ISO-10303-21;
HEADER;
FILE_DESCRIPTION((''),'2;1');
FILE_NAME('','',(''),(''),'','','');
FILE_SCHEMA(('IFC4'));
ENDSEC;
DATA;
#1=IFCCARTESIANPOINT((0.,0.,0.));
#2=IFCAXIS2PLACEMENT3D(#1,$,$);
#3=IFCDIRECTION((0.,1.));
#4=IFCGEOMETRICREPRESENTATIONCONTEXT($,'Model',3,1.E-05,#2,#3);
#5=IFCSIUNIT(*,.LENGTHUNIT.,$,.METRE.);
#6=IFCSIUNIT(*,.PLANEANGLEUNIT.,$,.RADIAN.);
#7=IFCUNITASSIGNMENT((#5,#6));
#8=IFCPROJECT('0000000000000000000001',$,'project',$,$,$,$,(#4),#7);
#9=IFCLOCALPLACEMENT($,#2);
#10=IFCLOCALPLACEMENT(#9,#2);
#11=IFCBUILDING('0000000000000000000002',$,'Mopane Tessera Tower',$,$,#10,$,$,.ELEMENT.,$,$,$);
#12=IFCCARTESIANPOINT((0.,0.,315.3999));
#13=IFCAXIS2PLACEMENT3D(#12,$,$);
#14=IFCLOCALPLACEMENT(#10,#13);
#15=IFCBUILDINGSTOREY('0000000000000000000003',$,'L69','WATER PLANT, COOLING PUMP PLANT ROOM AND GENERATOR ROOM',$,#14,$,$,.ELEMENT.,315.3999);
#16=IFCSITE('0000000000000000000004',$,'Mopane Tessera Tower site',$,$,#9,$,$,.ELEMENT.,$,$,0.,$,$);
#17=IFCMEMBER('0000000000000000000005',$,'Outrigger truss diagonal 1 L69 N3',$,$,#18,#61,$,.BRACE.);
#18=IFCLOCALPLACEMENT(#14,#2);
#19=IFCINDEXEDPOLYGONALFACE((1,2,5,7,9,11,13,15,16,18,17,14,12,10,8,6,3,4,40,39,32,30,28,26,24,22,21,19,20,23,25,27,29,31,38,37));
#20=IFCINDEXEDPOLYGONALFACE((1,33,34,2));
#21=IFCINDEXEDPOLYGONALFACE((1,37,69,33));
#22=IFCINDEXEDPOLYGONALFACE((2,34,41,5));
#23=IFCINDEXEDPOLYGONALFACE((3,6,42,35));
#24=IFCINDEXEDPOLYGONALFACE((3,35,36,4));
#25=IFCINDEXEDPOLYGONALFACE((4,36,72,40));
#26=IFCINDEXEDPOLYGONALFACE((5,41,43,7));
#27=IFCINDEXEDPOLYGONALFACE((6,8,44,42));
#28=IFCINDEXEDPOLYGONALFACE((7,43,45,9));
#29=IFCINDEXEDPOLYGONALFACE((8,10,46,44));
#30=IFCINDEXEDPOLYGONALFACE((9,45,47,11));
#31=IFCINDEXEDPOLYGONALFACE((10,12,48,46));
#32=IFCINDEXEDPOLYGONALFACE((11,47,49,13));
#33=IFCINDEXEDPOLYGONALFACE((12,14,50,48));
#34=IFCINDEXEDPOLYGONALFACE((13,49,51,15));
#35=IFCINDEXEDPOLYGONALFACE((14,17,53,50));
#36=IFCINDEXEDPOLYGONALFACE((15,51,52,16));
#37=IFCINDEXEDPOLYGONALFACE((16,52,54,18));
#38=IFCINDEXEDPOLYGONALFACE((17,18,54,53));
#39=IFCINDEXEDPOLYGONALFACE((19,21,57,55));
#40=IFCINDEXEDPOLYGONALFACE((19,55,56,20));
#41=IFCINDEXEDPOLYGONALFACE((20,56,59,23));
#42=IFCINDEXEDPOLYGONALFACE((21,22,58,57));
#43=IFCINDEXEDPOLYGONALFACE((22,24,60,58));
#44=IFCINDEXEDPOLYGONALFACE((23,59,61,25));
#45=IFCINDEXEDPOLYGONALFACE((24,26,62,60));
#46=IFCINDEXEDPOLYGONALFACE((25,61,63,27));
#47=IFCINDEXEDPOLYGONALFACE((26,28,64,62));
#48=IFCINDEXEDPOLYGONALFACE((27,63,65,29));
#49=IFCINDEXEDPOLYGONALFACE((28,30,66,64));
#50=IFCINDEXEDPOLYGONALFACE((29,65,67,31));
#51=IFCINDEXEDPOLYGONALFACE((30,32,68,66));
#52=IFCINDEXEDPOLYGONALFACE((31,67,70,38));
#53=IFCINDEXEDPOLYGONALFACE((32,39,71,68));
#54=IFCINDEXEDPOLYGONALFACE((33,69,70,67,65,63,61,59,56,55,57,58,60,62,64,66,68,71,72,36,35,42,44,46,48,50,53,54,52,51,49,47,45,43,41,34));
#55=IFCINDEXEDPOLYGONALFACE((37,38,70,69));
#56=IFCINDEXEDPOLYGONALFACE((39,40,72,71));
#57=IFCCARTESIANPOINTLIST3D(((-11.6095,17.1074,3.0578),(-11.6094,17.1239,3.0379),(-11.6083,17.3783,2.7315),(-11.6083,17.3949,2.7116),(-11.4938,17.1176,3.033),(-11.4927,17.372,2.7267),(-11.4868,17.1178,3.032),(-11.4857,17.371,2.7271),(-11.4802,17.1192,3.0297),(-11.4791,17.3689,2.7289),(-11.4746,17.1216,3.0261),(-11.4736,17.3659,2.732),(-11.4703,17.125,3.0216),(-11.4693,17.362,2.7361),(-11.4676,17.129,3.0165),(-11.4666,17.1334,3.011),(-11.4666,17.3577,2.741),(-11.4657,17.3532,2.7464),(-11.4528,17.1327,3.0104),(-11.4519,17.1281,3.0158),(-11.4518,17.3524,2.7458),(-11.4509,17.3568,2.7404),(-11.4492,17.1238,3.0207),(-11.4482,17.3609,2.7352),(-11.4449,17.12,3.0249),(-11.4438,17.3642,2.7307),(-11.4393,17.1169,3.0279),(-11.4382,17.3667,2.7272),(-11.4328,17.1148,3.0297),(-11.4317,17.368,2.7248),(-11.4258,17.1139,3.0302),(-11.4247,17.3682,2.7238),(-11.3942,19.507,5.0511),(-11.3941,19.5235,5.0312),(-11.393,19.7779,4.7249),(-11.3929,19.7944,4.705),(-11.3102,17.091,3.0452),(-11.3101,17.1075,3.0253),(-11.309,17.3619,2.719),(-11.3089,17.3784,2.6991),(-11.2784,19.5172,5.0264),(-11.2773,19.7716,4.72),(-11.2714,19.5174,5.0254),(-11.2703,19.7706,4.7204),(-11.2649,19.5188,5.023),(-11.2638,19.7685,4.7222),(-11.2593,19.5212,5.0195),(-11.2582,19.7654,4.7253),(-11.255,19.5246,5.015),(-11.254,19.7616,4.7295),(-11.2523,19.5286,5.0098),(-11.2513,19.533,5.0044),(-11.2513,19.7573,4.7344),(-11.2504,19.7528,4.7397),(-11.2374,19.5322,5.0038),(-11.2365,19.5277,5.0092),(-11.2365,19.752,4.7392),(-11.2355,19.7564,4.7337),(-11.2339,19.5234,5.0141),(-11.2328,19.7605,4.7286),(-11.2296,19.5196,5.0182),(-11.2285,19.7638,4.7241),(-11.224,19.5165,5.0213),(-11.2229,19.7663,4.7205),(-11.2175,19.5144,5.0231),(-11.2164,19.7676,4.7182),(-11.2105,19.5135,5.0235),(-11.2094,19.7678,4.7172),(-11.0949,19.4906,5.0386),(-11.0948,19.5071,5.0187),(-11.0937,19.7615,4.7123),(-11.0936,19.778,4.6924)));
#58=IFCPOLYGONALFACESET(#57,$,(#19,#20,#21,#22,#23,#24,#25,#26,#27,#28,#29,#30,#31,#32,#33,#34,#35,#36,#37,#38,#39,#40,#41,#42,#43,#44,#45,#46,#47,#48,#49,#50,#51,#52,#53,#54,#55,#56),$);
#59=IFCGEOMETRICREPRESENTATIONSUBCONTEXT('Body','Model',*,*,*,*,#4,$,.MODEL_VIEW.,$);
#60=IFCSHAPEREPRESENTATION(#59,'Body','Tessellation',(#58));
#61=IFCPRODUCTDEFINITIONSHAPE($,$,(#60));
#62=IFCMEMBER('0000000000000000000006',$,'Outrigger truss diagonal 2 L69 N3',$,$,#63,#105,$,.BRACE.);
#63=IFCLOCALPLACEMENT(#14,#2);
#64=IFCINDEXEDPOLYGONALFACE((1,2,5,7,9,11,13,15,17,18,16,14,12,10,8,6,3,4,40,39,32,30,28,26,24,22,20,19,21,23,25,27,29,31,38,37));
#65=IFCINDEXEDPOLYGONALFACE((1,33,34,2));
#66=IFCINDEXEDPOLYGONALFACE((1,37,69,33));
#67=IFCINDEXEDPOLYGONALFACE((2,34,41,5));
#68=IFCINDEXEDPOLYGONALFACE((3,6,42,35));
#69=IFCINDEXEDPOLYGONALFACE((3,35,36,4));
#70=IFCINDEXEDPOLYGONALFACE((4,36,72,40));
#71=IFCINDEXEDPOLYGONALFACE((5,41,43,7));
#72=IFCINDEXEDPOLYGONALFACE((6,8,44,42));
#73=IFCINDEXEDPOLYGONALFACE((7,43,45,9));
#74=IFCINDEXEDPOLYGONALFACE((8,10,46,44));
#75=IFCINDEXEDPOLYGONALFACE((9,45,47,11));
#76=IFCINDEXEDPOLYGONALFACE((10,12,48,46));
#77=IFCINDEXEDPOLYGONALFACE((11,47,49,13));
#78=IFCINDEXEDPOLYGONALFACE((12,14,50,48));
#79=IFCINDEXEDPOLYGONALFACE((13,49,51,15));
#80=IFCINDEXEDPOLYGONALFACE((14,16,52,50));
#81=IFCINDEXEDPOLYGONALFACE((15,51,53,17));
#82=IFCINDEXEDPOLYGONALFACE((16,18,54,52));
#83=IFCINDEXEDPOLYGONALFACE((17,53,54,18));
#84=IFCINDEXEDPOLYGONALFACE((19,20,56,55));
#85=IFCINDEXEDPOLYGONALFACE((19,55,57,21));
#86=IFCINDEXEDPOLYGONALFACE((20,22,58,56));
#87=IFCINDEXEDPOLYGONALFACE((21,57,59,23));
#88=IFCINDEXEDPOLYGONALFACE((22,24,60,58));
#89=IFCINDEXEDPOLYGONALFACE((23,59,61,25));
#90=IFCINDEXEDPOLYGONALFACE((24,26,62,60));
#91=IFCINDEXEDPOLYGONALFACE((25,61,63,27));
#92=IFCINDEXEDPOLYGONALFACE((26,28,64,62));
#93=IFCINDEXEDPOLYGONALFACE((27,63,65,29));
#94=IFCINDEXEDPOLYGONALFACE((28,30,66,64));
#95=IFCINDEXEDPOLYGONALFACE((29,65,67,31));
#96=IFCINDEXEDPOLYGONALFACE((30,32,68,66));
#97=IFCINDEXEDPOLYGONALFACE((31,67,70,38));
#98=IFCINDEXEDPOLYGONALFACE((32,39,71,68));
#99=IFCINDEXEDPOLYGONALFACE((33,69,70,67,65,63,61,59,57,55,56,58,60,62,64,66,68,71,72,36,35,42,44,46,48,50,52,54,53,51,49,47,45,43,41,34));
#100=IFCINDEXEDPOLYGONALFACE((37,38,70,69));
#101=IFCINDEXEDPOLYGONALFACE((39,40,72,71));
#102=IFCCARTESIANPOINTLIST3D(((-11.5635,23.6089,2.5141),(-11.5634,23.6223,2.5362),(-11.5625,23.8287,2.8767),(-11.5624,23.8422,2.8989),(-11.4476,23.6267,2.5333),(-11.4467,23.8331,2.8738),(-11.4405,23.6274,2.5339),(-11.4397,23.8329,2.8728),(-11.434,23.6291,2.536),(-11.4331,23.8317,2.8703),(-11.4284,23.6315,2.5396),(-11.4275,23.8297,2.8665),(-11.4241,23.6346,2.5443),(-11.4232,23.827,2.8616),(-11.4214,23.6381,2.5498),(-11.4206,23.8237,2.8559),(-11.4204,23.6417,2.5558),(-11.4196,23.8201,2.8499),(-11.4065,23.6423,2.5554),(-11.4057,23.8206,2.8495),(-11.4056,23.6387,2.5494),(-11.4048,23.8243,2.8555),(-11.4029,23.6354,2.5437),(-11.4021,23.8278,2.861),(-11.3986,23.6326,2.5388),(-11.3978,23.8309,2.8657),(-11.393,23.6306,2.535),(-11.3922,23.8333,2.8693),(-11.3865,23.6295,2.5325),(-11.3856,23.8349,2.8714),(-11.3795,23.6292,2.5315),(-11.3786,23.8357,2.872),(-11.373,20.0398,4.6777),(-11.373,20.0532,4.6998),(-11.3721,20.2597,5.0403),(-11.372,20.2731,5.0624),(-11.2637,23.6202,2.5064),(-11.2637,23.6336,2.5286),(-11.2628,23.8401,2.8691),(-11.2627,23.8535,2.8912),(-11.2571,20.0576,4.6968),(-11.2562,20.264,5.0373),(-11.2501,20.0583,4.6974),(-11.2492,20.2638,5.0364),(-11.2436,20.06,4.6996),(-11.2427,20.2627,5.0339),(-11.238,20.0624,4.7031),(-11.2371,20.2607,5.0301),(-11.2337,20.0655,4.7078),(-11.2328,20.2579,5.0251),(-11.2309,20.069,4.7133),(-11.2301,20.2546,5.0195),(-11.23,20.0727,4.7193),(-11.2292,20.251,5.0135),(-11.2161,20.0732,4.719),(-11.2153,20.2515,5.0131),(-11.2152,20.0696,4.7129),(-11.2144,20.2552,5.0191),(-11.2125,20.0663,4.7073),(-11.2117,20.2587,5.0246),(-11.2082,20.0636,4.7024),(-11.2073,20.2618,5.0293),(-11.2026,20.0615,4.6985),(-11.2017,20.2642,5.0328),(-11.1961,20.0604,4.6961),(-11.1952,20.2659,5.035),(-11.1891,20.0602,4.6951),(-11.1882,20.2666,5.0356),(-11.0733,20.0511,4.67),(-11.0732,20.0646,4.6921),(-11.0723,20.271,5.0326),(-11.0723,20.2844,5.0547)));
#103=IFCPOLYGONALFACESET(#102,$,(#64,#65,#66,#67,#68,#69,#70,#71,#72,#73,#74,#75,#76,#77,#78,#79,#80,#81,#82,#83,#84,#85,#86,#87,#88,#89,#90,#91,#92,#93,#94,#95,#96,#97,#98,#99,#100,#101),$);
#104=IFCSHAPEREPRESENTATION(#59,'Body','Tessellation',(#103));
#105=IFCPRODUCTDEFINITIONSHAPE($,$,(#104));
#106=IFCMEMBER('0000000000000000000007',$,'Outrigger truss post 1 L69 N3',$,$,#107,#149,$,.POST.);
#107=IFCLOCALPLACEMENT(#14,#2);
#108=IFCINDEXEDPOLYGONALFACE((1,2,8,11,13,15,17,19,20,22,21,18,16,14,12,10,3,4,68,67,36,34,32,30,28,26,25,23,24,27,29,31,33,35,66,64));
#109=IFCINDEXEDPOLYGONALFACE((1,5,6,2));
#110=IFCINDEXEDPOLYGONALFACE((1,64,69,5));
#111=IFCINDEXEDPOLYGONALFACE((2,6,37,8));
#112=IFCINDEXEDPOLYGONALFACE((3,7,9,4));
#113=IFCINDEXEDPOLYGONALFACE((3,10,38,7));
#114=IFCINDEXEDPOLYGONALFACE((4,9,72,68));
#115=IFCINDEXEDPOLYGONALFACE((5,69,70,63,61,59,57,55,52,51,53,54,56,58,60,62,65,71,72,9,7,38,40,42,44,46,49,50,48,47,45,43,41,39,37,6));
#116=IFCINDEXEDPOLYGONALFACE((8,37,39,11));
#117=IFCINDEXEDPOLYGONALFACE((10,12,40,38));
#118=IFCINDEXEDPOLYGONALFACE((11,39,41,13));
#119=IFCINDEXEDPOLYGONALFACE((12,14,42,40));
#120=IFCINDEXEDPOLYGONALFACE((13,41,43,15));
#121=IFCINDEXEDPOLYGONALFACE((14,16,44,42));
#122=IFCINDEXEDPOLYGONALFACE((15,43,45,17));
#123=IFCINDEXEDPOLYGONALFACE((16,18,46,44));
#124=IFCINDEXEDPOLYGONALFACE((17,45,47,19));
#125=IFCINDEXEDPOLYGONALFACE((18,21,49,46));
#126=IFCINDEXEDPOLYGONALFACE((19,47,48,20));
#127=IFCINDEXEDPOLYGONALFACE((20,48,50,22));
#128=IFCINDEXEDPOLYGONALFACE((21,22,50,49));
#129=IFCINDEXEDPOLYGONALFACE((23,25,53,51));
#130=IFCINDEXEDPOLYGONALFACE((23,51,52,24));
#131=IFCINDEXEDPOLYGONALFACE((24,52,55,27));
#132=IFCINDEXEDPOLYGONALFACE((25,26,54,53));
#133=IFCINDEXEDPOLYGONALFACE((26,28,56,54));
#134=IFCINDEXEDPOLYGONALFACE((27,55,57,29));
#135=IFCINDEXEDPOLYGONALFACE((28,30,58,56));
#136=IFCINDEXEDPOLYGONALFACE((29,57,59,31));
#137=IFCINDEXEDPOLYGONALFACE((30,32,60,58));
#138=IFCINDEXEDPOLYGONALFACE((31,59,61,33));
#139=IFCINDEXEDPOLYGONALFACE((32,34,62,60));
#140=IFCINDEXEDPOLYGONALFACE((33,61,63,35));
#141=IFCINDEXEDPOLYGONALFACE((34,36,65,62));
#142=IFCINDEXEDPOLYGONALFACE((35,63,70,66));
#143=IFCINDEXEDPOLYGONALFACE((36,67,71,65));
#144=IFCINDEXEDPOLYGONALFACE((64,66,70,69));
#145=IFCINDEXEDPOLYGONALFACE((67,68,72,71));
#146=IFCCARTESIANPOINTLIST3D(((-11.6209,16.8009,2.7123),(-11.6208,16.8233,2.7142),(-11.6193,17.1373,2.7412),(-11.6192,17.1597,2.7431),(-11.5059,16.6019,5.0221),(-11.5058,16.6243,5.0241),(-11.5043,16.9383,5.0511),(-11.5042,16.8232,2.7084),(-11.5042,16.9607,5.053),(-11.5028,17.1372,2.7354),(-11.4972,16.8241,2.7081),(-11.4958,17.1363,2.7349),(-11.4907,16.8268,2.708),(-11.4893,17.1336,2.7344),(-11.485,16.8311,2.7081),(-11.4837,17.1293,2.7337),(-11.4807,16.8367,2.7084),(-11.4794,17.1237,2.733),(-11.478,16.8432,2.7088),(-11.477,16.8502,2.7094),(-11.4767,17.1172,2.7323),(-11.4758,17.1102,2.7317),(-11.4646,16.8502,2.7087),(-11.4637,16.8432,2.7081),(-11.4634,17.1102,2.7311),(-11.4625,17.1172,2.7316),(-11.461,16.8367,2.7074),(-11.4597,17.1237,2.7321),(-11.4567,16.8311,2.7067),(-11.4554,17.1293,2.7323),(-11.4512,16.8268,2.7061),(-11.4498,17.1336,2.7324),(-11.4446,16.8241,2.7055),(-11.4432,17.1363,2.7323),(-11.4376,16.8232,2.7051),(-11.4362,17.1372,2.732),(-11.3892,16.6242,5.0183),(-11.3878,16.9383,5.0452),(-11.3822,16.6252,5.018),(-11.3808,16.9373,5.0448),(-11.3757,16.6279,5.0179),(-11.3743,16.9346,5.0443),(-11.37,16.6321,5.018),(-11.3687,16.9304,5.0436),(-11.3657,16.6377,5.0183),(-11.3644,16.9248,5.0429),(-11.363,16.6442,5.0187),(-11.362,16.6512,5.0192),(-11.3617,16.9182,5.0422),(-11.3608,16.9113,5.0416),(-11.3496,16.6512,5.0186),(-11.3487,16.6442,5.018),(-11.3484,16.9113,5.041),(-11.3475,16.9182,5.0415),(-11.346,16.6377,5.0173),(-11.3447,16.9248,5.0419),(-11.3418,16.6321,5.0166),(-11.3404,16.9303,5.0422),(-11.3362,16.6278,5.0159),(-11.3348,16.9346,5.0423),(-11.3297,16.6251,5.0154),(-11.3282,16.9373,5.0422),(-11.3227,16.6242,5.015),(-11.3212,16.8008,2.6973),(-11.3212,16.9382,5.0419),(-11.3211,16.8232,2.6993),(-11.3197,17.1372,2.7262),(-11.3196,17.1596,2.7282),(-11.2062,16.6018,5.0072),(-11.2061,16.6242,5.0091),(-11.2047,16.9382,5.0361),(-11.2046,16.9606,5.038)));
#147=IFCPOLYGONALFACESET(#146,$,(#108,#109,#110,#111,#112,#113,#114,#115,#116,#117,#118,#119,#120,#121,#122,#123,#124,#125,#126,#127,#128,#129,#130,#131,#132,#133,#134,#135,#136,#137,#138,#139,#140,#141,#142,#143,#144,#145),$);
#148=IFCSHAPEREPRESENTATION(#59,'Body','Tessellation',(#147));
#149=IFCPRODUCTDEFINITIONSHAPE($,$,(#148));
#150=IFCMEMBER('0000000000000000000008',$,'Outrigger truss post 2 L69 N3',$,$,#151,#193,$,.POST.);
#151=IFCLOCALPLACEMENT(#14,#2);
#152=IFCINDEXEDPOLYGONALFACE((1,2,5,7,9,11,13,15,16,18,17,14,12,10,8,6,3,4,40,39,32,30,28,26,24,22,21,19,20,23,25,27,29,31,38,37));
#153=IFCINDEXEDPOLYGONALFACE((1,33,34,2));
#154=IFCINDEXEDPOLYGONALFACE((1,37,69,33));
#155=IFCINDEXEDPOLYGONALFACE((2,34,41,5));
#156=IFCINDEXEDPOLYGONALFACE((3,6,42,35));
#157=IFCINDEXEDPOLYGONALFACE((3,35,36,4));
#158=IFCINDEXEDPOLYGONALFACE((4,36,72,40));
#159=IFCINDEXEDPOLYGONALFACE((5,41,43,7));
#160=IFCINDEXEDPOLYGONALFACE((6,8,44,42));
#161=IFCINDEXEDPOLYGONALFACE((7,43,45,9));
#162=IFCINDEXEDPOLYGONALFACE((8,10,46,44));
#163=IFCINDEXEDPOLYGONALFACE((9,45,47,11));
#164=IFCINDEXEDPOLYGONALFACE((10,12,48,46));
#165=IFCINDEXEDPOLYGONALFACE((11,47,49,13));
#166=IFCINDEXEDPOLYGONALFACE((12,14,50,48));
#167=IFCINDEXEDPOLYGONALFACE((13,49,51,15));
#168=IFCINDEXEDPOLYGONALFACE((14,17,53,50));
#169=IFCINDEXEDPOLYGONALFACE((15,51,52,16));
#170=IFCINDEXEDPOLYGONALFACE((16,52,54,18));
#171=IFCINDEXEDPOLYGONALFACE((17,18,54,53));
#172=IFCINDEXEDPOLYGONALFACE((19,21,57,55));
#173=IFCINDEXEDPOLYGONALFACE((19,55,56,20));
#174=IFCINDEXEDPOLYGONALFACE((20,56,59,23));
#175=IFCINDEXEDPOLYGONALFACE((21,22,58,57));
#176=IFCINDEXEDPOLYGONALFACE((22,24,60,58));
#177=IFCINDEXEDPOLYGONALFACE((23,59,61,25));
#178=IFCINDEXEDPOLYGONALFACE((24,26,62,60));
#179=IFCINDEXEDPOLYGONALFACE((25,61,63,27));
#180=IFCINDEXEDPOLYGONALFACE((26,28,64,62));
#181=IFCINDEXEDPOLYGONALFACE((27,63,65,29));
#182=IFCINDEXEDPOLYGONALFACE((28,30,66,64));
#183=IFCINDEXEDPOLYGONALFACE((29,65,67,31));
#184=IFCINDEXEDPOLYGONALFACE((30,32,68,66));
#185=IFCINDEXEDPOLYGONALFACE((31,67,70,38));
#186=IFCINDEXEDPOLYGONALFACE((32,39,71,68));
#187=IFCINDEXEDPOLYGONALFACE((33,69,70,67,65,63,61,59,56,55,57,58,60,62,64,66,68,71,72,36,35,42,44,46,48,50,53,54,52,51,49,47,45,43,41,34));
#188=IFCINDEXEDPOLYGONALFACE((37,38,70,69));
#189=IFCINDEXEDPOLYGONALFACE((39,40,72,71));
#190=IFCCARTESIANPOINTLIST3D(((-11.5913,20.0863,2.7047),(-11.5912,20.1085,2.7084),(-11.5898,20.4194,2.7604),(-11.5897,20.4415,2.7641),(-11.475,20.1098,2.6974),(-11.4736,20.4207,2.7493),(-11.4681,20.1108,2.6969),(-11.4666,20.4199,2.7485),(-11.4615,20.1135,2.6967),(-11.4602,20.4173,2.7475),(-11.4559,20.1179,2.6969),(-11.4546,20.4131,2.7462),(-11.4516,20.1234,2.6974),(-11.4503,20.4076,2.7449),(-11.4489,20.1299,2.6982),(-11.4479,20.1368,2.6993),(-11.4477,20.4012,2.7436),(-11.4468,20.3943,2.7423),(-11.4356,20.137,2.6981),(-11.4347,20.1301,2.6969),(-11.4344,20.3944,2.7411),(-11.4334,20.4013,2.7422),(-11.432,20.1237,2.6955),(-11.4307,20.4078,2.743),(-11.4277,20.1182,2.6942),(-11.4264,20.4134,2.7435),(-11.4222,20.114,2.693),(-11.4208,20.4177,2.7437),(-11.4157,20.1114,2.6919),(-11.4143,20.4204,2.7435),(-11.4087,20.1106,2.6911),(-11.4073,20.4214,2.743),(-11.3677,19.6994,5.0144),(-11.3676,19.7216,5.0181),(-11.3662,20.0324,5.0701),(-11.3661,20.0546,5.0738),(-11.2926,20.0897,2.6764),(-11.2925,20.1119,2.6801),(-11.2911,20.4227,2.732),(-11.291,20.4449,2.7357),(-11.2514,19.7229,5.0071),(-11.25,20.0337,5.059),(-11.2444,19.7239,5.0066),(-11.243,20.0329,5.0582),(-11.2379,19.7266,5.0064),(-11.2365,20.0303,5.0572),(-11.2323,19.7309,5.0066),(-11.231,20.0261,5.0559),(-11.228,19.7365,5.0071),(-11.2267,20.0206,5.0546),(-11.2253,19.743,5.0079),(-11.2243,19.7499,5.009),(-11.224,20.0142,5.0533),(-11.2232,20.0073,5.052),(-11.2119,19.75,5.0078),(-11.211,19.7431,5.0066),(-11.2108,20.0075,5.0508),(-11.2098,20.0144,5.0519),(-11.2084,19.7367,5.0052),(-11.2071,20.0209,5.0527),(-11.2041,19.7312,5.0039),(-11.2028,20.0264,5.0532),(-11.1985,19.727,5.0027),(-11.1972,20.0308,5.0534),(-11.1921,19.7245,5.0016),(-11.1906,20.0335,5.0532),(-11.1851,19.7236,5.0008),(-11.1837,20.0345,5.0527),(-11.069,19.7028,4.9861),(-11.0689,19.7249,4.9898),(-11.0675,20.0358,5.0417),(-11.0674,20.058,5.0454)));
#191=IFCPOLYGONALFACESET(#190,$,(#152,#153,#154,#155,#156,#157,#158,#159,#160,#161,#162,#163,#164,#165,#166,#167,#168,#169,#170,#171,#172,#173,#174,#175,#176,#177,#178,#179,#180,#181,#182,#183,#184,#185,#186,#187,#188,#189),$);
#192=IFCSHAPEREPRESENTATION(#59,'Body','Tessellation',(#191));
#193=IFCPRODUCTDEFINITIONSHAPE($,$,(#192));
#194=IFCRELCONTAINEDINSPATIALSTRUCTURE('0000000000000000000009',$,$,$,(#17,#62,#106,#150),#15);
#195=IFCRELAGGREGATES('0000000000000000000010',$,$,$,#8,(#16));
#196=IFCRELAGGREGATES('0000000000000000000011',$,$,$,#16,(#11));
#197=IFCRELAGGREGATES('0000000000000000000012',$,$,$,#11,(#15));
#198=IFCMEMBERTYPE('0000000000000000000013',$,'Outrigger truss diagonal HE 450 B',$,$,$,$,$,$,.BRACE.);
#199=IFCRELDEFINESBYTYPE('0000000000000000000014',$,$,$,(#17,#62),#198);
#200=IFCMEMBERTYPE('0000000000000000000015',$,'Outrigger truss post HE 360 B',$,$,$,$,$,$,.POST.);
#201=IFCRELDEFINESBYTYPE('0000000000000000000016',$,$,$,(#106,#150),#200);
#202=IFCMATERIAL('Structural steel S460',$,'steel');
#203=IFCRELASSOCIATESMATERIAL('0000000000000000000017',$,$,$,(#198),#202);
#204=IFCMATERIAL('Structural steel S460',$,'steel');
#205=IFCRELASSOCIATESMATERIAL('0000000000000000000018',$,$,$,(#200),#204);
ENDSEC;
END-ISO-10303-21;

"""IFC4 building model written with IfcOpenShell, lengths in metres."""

from ifc_helpers import new_model, si_unit, direction, frame, origin, origin_2d, place, context, subcontext, project, spatial, i_section, extrude, material, material_profile, profile_set, type_object, element, save


model = new_model("IFC4")

# Units and contexts
model_context = context("Model", 3, precision=1e-05, world=origin(), true_north=direction((0.0, 1.0)))
body_context = subcontext(model_context, "Body", "Model", "MODEL_VIEW")
ifc_project = project(units=[si_unit("LENGTHUNIT", "METRE"), si_unit("PLANEANGLEUNIT", "RADIAN")], contexts=[model_context])

# Site, building, storey
site_placement = place(None, origin())
site = spatial("IfcSite", under=ifc_project, at=site_placement, Name="Mopane Tessera Tower site", CompositionType="ELEMENT", RefElevation=0.0)
building_placement = place(site_placement, origin())
building = spatial("IfcBuilding", under=site, at=building_placement, Name="Mopane Tessera Tower", CompositionType="ELEMENT")
storey_placement = place(building_placement, frame((0.0, 0.0, 315.3999)))
storey = spatial("IfcBuildingStorey", under=building, at=storey_placement, Name="L69", Description="WATER PLANT, COOLING PUMP PLANT ROOM AND GENERATOR ROOM", CompositionType="ELEMENT", Elevation=315.3999)

# Members
ifc_material_1 = material(Name="Structural steel S460", Category="steel")
ifc_material_profile_1 = material_profile(ifc_material_1, i_section(OverallWidth=0.3, OverallDepth=0.45, WebThickness=0.0139, FlangeThickness=0.0259, FilletRadius=0.0271, at=origin_2d()))
ifc_profile_set_1 = profile_set([ifc_material_profile_1], Name="Structural steel S460")
member_type_1 = type_object("IfcMemberType", Name="Outrigger truss diagonal HE 450 B", PredefinedType="BRACE", material=ifc_profile_set_1)
member_1_placement = place(storey_placement, frame((-11.4592, 17.2429, 2.8784), z_axis=(0.068861, 0.767389, 0.637474), x_axis=(-0.997622, 0.054744, 0.041864)))
element("IfcMember", 1, at=member_1_placement, inside=storey, type_object=member_type_1, Name="Outrigger truss diagonal 1 L69 N3", PredefinedType="BRACE", context=body_context, shape_type="SweptSolid", body=[
    extrude(i_section(OverallWidth=0.3, OverallDepth=0.45, WebThickness=0.0139, FlangeThickness=0.0259, FilletRadius=0.0271, at=origin_2d()), origin(), (0.0, 0.0, 1.0), 3.127),
])
member_2_placement = place(storey_placement, frame((-11.2227, 20.1621, 4.8662), z_axis=(-0.045579, 0.854257, -0.517849), x_axis=(-0.998958, -0.0378, 0.025569)))
element("IfcMember", 2, at=member_2_placement, inside=storey, type_object=member_type_1, Name="Outrigger truss diagonal 2 L69 N3", PredefinedType="BRACE", context=body_context, shape_type="SweptSolid", body=[
    extrude(i_section(OverallWidth=0.3, OverallDepth=0.45, WebThickness=0.0139, FlangeThickness=0.0259, FilletRadius=0.0271, at=origin_2d()), origin(), (0.0, 0.0, 1.0), 4.178),
])
ifc_material_2 = material(Name="Structural steel S460", Category="steel")
ifc_material_profile_2 = material_profile(ifc_material_2, i_section(OverallWidth=0.3, OverallDepth=0.3601, WebThickness=0.0125, FlangeThickness=0.0225, FilletRadius=0.0271, at=origin_2d()))
ifc_profile_set_2 = profile_set([ifc_material_profile_2], Name="Structural steel S460")
member_type_2 = type_object("IfcMemberType", Name="Outrigger truss post HE 360 B", PredefinedType="POST", material=ifc_profile_set_2)
member_3_placement = place(storey_placement, frame((-11.4702, 16.9802, 2.7202), z_axis=(0.049539, -0.08572, 0.995087), x_axis=(-0.998762, 0.000277, 0.049746)))
element("IfcMember", 3, at=member_3_placement, inside=storey, type_object=member_type_2, Name="Outrigger truss post 1 L69 N3", PredefinedType="POST", context=body_context, shape_type="SweptSolid", body=[
    extrude(i_section(OverallWidth=0.3, OverallDepth=0.3601, WebThickness=0.0125, FlangeThickness=0.0225, FilletRadius=0.0271, at=origin_2d()), origin(), (0.0, 0.0, 1.0), 2.3213),
])
member_4_placement = place(storey_placement, frame((-11.4412, 20.2656, 2.7202), z_axis=(0.095055, -0.164479, 0.98179), x_axis=(-0.995462, -0.01125, 0.094494)))
element("IfcMember", 4, at=member_4_placement, inside=storey, type_object=member_type_2, Name="Outrigger truss post 2 L69 N3", PredefinedType="POST", context=body_context, shape_type="SweptSolid", body=[
    extrude(i_section(OverallWidth=0.3, OverallDepth=0.3601, WebThickness=0.0125, FlangeThickness=0.0225, FilletRadius=0.0271, at=origin_2d()), origin(), (0.0, 0.0, 1.0), 2.3525),
])

save(model, "model.ifc")
